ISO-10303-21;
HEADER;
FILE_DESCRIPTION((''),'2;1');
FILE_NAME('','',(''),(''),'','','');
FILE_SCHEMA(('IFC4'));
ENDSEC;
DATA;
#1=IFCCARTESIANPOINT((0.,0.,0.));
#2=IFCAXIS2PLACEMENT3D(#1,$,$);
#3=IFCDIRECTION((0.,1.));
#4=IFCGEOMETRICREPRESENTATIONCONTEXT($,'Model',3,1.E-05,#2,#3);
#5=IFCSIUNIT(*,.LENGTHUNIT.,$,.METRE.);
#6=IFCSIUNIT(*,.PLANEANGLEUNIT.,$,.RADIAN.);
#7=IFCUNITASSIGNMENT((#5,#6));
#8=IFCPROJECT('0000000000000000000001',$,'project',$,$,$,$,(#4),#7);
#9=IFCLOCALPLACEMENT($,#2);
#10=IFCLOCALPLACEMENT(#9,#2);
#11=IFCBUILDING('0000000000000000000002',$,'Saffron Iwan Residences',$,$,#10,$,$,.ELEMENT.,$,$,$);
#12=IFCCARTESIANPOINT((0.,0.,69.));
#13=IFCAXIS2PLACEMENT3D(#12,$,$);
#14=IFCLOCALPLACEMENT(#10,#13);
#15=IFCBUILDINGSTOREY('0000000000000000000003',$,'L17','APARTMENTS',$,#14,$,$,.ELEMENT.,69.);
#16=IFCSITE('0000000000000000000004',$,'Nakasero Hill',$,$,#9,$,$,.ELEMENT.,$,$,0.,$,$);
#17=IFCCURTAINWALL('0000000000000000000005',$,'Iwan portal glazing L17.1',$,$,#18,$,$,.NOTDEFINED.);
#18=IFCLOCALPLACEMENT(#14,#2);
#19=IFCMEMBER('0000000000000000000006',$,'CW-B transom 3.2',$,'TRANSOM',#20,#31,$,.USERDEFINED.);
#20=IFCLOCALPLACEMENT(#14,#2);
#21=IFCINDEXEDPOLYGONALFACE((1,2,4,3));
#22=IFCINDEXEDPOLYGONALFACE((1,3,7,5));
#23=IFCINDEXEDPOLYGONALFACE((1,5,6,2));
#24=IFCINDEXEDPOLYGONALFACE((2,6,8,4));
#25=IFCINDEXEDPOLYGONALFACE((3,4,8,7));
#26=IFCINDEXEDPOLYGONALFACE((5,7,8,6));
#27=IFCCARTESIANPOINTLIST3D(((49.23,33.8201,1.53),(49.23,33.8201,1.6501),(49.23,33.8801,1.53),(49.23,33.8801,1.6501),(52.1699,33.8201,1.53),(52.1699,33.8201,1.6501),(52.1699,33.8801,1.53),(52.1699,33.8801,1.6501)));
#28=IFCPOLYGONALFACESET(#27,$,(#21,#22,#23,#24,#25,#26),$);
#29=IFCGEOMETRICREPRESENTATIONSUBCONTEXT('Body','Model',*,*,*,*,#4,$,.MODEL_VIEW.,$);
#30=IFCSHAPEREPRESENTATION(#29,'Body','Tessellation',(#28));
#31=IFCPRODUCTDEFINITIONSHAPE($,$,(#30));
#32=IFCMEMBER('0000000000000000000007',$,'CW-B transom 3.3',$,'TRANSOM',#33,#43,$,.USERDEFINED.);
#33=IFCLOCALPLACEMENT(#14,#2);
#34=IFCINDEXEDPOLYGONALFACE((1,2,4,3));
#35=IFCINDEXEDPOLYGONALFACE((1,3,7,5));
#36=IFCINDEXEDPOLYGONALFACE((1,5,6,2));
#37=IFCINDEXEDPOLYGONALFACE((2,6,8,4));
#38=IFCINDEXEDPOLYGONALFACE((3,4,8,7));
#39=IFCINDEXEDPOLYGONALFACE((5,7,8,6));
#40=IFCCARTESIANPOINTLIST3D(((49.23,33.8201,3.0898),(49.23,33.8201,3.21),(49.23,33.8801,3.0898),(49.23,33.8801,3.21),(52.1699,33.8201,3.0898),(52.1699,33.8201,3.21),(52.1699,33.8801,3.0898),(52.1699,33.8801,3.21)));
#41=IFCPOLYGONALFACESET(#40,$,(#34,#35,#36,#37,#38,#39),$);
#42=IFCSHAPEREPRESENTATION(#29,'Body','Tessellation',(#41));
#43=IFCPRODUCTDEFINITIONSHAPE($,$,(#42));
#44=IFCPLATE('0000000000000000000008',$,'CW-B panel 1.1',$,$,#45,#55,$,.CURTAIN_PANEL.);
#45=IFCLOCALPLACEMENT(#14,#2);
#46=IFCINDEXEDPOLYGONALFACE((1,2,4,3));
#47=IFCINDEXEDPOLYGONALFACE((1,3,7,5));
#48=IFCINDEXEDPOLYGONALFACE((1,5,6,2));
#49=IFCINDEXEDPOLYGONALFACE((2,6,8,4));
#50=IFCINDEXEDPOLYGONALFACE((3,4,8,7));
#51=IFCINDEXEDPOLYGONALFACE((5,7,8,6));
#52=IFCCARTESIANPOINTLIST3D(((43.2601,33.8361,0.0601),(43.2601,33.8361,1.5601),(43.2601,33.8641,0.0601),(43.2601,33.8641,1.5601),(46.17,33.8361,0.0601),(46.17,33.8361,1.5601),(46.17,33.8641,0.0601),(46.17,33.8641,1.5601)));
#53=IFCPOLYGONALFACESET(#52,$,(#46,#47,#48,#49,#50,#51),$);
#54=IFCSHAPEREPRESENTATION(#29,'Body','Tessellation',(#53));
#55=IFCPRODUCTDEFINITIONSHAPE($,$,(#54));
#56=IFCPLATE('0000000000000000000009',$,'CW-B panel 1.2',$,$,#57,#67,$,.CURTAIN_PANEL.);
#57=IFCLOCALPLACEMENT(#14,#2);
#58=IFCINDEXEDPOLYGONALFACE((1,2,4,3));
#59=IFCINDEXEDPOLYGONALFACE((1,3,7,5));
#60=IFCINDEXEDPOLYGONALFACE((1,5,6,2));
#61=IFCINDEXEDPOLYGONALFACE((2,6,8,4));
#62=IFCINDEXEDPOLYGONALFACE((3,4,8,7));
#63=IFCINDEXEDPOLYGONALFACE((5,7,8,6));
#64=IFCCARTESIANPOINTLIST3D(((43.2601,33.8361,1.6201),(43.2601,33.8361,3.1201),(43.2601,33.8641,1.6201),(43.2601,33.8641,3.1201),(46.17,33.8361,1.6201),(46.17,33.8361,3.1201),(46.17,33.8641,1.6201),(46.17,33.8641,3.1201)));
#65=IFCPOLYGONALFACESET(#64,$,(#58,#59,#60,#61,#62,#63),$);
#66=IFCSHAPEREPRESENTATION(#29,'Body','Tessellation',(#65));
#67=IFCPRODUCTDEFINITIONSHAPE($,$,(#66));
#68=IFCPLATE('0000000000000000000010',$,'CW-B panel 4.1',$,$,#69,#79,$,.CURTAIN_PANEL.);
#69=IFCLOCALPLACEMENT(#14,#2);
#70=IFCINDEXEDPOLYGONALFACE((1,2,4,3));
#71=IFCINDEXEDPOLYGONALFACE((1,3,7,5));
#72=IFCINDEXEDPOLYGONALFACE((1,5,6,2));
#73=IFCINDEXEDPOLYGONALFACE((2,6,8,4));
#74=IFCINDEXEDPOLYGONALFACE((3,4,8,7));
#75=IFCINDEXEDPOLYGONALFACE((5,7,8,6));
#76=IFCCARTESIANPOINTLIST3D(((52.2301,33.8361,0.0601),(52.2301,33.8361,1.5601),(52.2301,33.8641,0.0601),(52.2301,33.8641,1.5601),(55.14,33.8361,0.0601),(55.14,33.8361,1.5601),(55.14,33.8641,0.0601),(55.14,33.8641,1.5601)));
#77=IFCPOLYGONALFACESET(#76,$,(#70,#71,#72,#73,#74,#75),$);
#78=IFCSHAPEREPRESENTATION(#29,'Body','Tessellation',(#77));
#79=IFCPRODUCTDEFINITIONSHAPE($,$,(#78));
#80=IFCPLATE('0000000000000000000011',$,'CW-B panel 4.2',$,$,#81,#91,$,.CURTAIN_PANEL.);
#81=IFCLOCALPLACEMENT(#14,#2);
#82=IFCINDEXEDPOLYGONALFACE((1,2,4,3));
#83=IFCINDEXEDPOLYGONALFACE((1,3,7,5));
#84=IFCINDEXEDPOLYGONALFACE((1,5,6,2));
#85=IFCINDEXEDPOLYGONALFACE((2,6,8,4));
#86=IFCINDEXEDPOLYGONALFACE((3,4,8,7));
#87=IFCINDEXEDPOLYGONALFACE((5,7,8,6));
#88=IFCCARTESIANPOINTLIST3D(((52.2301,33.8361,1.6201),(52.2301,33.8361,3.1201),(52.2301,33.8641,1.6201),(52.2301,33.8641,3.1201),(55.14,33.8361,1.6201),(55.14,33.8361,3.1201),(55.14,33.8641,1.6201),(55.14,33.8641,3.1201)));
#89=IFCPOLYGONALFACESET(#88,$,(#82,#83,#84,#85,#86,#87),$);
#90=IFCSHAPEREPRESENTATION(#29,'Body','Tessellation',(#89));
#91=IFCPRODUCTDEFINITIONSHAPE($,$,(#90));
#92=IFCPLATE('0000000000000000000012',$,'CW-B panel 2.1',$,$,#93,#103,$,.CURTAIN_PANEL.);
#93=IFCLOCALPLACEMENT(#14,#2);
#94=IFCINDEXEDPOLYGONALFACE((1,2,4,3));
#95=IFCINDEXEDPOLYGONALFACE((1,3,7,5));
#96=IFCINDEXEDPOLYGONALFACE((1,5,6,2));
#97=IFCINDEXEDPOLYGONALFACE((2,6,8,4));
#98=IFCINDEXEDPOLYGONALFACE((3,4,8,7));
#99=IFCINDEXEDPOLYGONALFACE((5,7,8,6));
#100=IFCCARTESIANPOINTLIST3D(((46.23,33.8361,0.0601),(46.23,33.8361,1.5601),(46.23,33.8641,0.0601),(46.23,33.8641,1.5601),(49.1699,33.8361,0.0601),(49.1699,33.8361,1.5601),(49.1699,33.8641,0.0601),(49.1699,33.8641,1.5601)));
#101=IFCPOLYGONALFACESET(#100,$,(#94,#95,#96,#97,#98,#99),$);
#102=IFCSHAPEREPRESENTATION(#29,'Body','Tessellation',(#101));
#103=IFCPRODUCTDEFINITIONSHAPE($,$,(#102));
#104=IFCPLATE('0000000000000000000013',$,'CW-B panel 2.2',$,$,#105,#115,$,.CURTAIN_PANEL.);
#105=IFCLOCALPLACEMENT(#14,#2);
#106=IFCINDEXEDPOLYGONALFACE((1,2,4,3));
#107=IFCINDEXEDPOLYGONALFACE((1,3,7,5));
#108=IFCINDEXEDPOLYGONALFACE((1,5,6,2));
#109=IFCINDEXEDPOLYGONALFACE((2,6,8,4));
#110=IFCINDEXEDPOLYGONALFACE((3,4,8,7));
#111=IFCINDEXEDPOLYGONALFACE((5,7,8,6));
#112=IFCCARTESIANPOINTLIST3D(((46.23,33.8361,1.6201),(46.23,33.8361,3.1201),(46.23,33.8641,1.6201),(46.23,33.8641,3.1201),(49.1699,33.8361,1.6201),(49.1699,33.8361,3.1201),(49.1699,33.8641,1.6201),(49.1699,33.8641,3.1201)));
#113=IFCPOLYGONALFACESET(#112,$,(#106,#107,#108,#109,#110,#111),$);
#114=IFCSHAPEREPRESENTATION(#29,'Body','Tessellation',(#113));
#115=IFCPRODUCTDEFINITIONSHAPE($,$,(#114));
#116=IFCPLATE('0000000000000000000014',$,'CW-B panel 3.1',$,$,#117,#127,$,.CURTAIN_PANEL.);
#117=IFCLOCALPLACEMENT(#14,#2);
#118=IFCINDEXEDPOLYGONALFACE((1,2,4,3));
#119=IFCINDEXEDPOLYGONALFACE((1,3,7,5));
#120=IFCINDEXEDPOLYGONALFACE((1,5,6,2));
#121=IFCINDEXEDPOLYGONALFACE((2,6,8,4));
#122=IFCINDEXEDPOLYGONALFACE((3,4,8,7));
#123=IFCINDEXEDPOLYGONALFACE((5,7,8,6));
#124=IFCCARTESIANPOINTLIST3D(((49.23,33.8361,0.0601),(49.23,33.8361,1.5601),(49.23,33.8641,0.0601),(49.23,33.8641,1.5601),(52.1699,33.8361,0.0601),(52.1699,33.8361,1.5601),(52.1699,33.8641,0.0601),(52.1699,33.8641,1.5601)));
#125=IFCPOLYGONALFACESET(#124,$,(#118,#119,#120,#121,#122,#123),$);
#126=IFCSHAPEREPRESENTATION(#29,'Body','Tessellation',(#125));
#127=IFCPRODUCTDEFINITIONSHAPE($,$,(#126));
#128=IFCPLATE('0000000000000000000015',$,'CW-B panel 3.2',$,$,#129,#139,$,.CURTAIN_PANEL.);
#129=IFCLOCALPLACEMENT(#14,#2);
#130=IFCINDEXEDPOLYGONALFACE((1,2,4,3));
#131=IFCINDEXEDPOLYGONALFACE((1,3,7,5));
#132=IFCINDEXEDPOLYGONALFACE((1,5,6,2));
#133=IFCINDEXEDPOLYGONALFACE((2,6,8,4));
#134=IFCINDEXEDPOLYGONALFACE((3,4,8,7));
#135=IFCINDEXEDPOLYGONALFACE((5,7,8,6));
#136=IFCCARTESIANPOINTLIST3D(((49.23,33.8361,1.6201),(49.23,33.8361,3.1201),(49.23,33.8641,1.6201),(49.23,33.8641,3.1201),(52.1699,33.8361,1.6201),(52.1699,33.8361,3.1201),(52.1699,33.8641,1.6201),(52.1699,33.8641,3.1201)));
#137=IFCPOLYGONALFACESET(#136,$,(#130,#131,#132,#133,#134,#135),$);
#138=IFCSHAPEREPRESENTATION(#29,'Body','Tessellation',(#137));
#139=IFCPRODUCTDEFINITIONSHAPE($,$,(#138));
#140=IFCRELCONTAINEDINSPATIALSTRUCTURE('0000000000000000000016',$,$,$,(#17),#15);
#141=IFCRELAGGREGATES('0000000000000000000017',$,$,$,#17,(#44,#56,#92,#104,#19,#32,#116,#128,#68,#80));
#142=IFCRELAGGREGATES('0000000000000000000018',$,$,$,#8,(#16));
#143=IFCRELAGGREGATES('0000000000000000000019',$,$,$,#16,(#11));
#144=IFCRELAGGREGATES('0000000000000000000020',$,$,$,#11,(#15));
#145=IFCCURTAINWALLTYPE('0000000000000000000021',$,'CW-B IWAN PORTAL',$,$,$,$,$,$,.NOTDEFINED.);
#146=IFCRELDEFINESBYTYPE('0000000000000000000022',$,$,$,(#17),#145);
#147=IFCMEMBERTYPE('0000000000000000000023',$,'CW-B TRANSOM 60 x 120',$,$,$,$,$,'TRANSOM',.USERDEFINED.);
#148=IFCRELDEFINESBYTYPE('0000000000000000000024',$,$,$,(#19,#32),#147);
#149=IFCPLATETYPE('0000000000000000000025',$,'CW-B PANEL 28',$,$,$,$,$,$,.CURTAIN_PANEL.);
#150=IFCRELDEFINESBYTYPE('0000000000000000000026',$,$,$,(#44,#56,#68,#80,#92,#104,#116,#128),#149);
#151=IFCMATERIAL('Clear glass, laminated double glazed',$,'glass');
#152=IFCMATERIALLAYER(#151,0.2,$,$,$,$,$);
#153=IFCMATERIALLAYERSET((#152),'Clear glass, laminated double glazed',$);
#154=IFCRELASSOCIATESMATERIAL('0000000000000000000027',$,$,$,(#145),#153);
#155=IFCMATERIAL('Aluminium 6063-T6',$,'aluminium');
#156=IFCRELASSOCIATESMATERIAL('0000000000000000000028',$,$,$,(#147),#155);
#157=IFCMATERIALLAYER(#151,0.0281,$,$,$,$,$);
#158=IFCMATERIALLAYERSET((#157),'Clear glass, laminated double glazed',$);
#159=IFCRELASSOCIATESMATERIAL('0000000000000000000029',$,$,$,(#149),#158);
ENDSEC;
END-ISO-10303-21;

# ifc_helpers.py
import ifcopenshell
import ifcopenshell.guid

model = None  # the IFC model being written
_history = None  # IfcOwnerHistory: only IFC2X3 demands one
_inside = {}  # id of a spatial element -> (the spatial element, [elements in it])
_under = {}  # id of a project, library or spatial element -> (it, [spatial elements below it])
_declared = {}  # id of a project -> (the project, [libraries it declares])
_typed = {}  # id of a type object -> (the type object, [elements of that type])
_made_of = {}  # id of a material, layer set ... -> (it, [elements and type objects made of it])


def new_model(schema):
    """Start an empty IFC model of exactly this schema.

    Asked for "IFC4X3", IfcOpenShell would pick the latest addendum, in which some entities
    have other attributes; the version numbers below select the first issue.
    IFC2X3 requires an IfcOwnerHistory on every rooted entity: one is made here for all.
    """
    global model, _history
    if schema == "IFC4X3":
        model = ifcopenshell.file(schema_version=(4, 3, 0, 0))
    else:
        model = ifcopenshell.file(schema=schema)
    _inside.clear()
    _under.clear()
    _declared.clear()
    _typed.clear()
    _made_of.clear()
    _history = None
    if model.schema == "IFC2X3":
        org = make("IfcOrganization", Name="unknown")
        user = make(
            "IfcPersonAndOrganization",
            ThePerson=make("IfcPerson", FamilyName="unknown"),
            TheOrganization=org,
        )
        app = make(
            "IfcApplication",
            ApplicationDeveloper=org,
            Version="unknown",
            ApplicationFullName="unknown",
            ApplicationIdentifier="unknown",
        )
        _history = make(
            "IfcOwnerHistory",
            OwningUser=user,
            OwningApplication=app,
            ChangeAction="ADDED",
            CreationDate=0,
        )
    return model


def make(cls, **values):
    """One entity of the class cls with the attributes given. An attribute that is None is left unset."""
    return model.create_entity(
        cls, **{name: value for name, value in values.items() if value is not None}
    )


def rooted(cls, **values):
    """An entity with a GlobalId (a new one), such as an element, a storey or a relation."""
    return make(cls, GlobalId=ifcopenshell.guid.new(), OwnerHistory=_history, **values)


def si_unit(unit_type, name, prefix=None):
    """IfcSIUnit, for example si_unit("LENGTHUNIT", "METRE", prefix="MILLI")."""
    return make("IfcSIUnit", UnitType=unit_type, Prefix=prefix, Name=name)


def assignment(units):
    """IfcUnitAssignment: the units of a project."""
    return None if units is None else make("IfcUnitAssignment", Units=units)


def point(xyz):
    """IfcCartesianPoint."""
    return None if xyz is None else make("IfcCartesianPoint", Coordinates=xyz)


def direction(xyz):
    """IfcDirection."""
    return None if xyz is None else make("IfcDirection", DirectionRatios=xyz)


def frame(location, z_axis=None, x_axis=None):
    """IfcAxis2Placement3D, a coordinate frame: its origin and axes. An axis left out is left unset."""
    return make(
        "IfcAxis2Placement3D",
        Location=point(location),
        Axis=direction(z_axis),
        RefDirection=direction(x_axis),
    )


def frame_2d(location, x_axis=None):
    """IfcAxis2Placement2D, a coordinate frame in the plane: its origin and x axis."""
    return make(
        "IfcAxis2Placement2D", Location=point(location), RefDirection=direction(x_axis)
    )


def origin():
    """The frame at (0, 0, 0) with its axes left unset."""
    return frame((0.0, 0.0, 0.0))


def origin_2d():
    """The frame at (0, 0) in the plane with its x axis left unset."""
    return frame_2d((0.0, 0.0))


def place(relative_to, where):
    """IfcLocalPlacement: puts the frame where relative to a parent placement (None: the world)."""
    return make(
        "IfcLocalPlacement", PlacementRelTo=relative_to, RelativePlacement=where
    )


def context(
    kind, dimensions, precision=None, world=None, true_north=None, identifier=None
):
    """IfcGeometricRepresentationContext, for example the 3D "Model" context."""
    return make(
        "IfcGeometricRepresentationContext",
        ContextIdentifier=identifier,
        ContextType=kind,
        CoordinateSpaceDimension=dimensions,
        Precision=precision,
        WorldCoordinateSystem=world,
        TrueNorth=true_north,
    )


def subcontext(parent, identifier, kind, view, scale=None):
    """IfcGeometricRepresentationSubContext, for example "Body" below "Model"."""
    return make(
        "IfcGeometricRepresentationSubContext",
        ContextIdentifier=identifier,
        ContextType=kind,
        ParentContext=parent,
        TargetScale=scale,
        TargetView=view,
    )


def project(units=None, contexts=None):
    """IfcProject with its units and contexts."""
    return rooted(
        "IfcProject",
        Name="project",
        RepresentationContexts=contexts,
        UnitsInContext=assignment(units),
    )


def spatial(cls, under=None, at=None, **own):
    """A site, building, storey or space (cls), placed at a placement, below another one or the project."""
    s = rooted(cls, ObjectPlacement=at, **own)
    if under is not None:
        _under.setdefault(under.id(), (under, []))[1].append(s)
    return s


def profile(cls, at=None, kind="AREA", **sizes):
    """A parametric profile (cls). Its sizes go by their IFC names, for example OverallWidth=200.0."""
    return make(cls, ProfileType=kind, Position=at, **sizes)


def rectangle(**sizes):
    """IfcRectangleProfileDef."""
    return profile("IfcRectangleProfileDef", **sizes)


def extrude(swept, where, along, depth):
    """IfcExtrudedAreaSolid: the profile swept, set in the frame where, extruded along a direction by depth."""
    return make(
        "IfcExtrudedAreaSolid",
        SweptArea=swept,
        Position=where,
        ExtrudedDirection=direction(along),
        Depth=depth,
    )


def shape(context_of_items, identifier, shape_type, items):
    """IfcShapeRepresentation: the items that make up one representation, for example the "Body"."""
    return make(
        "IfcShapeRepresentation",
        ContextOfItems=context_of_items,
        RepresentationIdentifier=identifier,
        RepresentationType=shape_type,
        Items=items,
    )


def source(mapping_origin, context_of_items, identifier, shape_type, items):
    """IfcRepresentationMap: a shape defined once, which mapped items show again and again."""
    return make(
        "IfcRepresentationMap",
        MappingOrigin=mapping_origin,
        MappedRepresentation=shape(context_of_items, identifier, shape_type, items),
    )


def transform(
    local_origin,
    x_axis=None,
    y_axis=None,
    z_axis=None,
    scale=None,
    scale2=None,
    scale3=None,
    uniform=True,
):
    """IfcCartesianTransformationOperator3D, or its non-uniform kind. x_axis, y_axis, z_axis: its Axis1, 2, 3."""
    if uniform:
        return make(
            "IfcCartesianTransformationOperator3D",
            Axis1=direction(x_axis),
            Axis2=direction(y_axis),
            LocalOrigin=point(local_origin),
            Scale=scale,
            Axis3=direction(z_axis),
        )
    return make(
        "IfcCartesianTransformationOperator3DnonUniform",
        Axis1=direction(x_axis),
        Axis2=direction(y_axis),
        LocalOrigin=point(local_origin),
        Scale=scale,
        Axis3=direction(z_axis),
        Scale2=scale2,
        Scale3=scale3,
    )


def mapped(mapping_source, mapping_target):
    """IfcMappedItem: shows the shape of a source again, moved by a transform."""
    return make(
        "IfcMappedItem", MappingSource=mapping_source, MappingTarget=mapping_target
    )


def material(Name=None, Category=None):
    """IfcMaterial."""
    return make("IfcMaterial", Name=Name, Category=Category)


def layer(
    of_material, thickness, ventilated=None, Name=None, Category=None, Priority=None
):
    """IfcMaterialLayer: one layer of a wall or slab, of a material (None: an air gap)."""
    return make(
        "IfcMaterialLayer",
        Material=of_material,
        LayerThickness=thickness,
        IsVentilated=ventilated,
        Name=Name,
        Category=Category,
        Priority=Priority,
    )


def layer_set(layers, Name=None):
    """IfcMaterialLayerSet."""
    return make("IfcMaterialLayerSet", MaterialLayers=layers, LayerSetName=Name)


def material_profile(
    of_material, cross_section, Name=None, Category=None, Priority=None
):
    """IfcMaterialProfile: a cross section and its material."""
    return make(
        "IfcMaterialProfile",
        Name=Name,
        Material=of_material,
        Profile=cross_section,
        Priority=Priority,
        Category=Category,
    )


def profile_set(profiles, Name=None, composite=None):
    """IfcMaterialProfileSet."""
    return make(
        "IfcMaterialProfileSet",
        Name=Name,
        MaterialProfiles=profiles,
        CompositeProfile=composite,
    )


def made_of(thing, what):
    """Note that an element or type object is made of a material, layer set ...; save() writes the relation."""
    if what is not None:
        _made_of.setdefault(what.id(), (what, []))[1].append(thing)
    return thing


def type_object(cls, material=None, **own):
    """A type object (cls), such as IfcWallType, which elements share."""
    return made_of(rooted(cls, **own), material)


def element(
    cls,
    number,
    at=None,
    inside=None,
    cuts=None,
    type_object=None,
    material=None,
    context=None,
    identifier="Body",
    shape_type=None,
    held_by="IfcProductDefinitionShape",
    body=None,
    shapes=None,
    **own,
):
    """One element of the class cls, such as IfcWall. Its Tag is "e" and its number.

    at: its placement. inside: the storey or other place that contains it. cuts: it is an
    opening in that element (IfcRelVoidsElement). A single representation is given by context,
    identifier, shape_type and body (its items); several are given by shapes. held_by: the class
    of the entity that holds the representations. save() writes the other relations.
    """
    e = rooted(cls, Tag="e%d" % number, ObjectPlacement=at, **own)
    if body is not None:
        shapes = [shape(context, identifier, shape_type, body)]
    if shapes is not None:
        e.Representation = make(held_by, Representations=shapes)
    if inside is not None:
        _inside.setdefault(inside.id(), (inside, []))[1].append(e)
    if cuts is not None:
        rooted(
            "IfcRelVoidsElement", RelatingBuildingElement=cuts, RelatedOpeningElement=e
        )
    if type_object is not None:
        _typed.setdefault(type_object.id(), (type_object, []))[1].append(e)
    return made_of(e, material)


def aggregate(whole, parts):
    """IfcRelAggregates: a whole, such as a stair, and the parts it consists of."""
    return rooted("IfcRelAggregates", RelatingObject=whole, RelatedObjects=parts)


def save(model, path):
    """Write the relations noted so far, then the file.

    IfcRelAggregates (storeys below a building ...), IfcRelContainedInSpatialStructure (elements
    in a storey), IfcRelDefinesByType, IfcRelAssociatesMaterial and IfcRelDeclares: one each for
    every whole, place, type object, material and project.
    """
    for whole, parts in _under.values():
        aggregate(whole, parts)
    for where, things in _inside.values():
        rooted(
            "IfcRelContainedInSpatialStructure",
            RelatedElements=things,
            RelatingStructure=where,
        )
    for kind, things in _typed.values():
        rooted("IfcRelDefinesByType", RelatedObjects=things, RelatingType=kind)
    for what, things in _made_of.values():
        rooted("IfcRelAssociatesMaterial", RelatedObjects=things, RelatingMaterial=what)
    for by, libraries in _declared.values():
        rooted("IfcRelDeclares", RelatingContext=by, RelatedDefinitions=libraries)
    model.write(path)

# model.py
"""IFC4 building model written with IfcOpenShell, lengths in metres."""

from ifc_helpers import new_model, si_unit, direction, frame, origin, origin_2d, place, context, subcontext, project, spatial, rectangle, extrude, source, transform, mapped, material, layer, layer_set, material_profile, profile_set, type_object, element, aggregate, save


model = new_model("IFC4")

# Units and contexts
model_context = context("Model", 3, precision=1e-05, world=origin(), true_north=direction((0.0, 1.0)))
body_context = subcontext(model_context, "Body", "Model", "MODEL_VIEW")
ifc_project = project(units=[si_unit("LENGTHUNIT", "METRE"), si_unit("PLANEANGLEUNIT", "RADIAN")], contexts=[model_context])

# Site, building, storey
site_placement = place(None, origin())
site = spatial("IfcSite", under=ifc_project, at=site_placement, Name="Nakasero Hill", CompositionType="ELEMENT", RefElevation=0.0)
building_placement = place(site_placement, origin())
building = spatial("IfcBuilding", under=site, at=building_placement, Name="Saffron Iwan Residences", CompositionType="ELEMENT")
storey_placement = place(building_placement, frame((0.0, 0.0, 69.0)))
storey = spatial("IfcBuildingStorey", under=building, at=storey_placement, Name="L17", Description="APARTMENTS", CompositionType="ELEMENT", Elevation=69.0)

# Curtain wall, members, plates
ifc_material_1 = material(Name="Clear glass, laminated double glazed", Category="glass")
ifc_layer_1 = layer(ifc_material_1, 0.2)
ifc_layer_set_1 = layer_set([ifc_layer_1], Name="Clear glass, laminated double glazed")
curtain_wall_type = type_object("IfcCurtainWallType", Name="CW-B IWAN PORTAL", PredefinedType="NOTDEFINED", material=ifc_layer_set_1)
curtain_wall_placement = place(storey_placement, origin())
curtain_wall = element("IfcCurtainWall", 1, at=curtain_wall_placement, inside=storey, type_object=curtain_wall_type, Name="Iwan portal glazing L17.1", PredefinedType="NOTDEFINED")
ifc_material_2 = material(Name="Aluminium 6063-T6", Category="aluminium")
ifc_material_profile_1 = material_profile(ifc_material_2, rectangle(XDim=0.0601, YDim=0.1201, at=origin_2d()), Name="CW-B TRANSOM 60 x 120")
ifc_profile_set_1 = profile_set([ifc_material_profile_1], Name="Aluminium 6063-T6")
member_type_1 = type_object("IfcMemberType", Name="CW-B TRANSOM 60 x 120", ElementType="TRANSOM", PredefinedType="USERDEFINED", material=ifc_profile_set_1)
shared_shape_1 = source(origin(), body_context, "Body", "SweptSolid", [
    extrude(rectangle(XDim=0.0601, YDim=0.1201, at=origin_2d()), origin(), (0.0, 0.0, 1.0), 2.9399),
])
member_1_placement = place(storey_placement, frame((49.23, 33.8501, 1.5901), z_axis=(1.0, 0.0, 0.0), x_axis=(0.0, 1.0, 0.0)))
member_1 = element("IfcMember", 2, at=member_1_placement, type_object=member_type_1, Name="CW-B transom 3.2", ObjectType="TRANSOM", PredefinedType="USERDEFINED", context=body_context, shape_type="MappedRepresentation", body=[
    mapped(shared_shape_1, transform((0.0, 0.0, 0.0))),
])
member_2_placement = place(storey_placement, frame((49.23, 33.8501, 3.1499), z_axis=(1.0, 0.0, 0.0), x_axis=(0.0, 1.0, 0.0)))
member_2 = element("IfcMember", 3, at=member_2_placement, type_object=member_type_1, Name="CW-B transom 3.3", ObjectType="TRANSOM", PredefinedType="USERDEFINED", context=body_context, shape_type="MappedRepresentation", body=[
    mapped(shared_shape_1, transform((0.0, 0.0, 0.0))),
])
ifc_layer_2 = layer(ifc_material_1, 0.0281)
ifc_layer_set_2 = layer_set([ifc_layer_2], Name="Clear glass, laminated double glazed")
plate_type = type_object("IfcPlateType", Name="CW-B PANEL 28", PredefinedType="CURTAIN_PANEL", material=ifc_layer_set_2)
shared_shape_2 = source(origin(), body_context, "Body", "SweptSolid", [
    extrude(rectangle(XDim=2.9099, YDim=0.0281, at=origin_2d()), origin(), (0.0, 0.0, 1.0), 1.5),
])
plate_1_placement = place(storey_placement, frame((44.7151, 33.8501, 0.0601), z_axis=(0.0, 0.0, 1.0), x_axis=(1.0, 0.0, 0.0)))
plate_1 = element("IfcPlate", 4, at=plate_1_placement, type_object=plate_type, Name="CW-B panel 1.1", PredefinedType="CURTAIN_PANEL", context=body_context, shape_type="MappedRepresentation", body=[
    mapped(shared_shape_2, transform((0.0, 0.0, 0.0))),
])
plate_2_placement = place(storey_placement, frame((44.7151, 33.8501, 1.6201), z_axis=(0.0, 0.0, 1.0), x_axis=(1.0, 0.0, 0.0)))
plate_2 = element("IfcPlate", 5, at=plate_2_placement, type_object=plate_type, Name="CW-B panel 1.2", PredefinedType="CURTAIN_PANEL", context=body_context, shape_type="MappedRepresentation", body=[
    mapped(shared_shape_2, transform((0.0, 0.0, 0.0))),
])
plate_3_placement = place(storey_placement, frame((53.6851, 33.8501, 0.0601), z_axis=(0.0, 0.0, 1.0), x_axis=(1.0, 0.0, 0.0)))
plate_3 = element("IfcPlate", 6, at=plate_3_placement, type_object=plate_type, Name="CW-B panel 4.1", PredefinedType="CURTAIN_PANEL", context=body_context, shape_type="MappedRepresentation", body=[
    mapped(shared_shape_2, transform((0.0, 0.0, 0.0))),
])
plate_4_placement = place(storey_placement, frame((53.6851, 33.8501, 1.6201), z_axis=(0.0, 0.0, 1.0), x_axis=(1.0, 0.0, 0.0)))
plate_4 = element("IfcPlate", 7, at=plate_4_placement, type_object=plate_type, Name="CW-B panel 4.2", PredefinedType="CURTAIN_PANEL", context=body_context, shape_type="MappedRepresentation", body=[
    mapped(shared_shape_2, transform((0.0, 0.0, 0.0))),
])
shared_shape_3 = source(origin(), body_context, "Body", "SweptSolid", [
    extrude(rectangle(XDim=2.9399, YDim=0.0281, at=origin_2d()), origin(), (0.0, 0.0, 1.0), 1.5),
])
plate_5_placement = place(storey_placement, frame((47.7, 33.8501, 0.0601), z_axis=(0.0, 0.0, 1.0), x_axis=(1.0, 0.0, 0.0)))
plate_5 = element("IfcPlate", 8, at=plate_5_placement, type_object=plate_type, Name="CW-B panel 2.1", PredefinedType="CURTAIN_PANEL", context=body_context, shape_type="MappedRepresentation", body=[
    mapped(shared_shape_3, transform((0.0, 0.0, 0.0))),
])
plate_6_placement = place(storey_placement, frame((47.7, 33.8501, 1.6201), z_axis=(0.0, 0.0, 1.0), x_axis=(1.0, 0.0, 0.0)))
plate_6 = element("IfcPlate", 9, at=plate_6_placement, type_object=plate_type, Name="CW-B panel 2.2", PredefinedType="CURTAIN_PANEL", context=body_context, shape_type="MappedRepresentation", body=[
    mapped(shared_shape_3, transform((0.0, 0.0, 0.0))),
])
plate_7_placement = place(storey_placement, frame((50.7, 33.8501, 0.0601), z_axis=(0.0, 0.0, 1.0), x_axis=(1.0, 0.0, 0.0)))
plate_7 = element("IfcPlate", 10, at=plate_7_placement, type_object=plate_type, Name="CW-B panel 3.1", PredefinedType="CURTAIN_PANEL", context=body_context, shape_type="MappedRepresentation", body=[
    mapped(shared_shape_3, transform((0.0, 0.0, 0.0))),
])
plate_8_placement = place(storey_placement, frame((50.7, 33.8501, 1.6201), z_axis=(0.0, 0.0, 1.0), x_axis=(1.0, 0.0, 0.0)))
plate_8 = element("IfcPlate", 11, at=plate_8_placement, type_object=plate_type, Name="CW-B panel 3.2", PredefinedType="CURTAIN_PANEL", context=body_context, shape_type="MappedRepresentation", body=[
    mapped(shared_shape_3, transform((0.0, 0.0, 0.0))),
])
aggregate(curtain_wall, [plate_1, plate_2, plate_5, plate_6, member_1, member_2, plate_7, plate_8, plate_3, plate_4])

save(model, "model.ifc")
